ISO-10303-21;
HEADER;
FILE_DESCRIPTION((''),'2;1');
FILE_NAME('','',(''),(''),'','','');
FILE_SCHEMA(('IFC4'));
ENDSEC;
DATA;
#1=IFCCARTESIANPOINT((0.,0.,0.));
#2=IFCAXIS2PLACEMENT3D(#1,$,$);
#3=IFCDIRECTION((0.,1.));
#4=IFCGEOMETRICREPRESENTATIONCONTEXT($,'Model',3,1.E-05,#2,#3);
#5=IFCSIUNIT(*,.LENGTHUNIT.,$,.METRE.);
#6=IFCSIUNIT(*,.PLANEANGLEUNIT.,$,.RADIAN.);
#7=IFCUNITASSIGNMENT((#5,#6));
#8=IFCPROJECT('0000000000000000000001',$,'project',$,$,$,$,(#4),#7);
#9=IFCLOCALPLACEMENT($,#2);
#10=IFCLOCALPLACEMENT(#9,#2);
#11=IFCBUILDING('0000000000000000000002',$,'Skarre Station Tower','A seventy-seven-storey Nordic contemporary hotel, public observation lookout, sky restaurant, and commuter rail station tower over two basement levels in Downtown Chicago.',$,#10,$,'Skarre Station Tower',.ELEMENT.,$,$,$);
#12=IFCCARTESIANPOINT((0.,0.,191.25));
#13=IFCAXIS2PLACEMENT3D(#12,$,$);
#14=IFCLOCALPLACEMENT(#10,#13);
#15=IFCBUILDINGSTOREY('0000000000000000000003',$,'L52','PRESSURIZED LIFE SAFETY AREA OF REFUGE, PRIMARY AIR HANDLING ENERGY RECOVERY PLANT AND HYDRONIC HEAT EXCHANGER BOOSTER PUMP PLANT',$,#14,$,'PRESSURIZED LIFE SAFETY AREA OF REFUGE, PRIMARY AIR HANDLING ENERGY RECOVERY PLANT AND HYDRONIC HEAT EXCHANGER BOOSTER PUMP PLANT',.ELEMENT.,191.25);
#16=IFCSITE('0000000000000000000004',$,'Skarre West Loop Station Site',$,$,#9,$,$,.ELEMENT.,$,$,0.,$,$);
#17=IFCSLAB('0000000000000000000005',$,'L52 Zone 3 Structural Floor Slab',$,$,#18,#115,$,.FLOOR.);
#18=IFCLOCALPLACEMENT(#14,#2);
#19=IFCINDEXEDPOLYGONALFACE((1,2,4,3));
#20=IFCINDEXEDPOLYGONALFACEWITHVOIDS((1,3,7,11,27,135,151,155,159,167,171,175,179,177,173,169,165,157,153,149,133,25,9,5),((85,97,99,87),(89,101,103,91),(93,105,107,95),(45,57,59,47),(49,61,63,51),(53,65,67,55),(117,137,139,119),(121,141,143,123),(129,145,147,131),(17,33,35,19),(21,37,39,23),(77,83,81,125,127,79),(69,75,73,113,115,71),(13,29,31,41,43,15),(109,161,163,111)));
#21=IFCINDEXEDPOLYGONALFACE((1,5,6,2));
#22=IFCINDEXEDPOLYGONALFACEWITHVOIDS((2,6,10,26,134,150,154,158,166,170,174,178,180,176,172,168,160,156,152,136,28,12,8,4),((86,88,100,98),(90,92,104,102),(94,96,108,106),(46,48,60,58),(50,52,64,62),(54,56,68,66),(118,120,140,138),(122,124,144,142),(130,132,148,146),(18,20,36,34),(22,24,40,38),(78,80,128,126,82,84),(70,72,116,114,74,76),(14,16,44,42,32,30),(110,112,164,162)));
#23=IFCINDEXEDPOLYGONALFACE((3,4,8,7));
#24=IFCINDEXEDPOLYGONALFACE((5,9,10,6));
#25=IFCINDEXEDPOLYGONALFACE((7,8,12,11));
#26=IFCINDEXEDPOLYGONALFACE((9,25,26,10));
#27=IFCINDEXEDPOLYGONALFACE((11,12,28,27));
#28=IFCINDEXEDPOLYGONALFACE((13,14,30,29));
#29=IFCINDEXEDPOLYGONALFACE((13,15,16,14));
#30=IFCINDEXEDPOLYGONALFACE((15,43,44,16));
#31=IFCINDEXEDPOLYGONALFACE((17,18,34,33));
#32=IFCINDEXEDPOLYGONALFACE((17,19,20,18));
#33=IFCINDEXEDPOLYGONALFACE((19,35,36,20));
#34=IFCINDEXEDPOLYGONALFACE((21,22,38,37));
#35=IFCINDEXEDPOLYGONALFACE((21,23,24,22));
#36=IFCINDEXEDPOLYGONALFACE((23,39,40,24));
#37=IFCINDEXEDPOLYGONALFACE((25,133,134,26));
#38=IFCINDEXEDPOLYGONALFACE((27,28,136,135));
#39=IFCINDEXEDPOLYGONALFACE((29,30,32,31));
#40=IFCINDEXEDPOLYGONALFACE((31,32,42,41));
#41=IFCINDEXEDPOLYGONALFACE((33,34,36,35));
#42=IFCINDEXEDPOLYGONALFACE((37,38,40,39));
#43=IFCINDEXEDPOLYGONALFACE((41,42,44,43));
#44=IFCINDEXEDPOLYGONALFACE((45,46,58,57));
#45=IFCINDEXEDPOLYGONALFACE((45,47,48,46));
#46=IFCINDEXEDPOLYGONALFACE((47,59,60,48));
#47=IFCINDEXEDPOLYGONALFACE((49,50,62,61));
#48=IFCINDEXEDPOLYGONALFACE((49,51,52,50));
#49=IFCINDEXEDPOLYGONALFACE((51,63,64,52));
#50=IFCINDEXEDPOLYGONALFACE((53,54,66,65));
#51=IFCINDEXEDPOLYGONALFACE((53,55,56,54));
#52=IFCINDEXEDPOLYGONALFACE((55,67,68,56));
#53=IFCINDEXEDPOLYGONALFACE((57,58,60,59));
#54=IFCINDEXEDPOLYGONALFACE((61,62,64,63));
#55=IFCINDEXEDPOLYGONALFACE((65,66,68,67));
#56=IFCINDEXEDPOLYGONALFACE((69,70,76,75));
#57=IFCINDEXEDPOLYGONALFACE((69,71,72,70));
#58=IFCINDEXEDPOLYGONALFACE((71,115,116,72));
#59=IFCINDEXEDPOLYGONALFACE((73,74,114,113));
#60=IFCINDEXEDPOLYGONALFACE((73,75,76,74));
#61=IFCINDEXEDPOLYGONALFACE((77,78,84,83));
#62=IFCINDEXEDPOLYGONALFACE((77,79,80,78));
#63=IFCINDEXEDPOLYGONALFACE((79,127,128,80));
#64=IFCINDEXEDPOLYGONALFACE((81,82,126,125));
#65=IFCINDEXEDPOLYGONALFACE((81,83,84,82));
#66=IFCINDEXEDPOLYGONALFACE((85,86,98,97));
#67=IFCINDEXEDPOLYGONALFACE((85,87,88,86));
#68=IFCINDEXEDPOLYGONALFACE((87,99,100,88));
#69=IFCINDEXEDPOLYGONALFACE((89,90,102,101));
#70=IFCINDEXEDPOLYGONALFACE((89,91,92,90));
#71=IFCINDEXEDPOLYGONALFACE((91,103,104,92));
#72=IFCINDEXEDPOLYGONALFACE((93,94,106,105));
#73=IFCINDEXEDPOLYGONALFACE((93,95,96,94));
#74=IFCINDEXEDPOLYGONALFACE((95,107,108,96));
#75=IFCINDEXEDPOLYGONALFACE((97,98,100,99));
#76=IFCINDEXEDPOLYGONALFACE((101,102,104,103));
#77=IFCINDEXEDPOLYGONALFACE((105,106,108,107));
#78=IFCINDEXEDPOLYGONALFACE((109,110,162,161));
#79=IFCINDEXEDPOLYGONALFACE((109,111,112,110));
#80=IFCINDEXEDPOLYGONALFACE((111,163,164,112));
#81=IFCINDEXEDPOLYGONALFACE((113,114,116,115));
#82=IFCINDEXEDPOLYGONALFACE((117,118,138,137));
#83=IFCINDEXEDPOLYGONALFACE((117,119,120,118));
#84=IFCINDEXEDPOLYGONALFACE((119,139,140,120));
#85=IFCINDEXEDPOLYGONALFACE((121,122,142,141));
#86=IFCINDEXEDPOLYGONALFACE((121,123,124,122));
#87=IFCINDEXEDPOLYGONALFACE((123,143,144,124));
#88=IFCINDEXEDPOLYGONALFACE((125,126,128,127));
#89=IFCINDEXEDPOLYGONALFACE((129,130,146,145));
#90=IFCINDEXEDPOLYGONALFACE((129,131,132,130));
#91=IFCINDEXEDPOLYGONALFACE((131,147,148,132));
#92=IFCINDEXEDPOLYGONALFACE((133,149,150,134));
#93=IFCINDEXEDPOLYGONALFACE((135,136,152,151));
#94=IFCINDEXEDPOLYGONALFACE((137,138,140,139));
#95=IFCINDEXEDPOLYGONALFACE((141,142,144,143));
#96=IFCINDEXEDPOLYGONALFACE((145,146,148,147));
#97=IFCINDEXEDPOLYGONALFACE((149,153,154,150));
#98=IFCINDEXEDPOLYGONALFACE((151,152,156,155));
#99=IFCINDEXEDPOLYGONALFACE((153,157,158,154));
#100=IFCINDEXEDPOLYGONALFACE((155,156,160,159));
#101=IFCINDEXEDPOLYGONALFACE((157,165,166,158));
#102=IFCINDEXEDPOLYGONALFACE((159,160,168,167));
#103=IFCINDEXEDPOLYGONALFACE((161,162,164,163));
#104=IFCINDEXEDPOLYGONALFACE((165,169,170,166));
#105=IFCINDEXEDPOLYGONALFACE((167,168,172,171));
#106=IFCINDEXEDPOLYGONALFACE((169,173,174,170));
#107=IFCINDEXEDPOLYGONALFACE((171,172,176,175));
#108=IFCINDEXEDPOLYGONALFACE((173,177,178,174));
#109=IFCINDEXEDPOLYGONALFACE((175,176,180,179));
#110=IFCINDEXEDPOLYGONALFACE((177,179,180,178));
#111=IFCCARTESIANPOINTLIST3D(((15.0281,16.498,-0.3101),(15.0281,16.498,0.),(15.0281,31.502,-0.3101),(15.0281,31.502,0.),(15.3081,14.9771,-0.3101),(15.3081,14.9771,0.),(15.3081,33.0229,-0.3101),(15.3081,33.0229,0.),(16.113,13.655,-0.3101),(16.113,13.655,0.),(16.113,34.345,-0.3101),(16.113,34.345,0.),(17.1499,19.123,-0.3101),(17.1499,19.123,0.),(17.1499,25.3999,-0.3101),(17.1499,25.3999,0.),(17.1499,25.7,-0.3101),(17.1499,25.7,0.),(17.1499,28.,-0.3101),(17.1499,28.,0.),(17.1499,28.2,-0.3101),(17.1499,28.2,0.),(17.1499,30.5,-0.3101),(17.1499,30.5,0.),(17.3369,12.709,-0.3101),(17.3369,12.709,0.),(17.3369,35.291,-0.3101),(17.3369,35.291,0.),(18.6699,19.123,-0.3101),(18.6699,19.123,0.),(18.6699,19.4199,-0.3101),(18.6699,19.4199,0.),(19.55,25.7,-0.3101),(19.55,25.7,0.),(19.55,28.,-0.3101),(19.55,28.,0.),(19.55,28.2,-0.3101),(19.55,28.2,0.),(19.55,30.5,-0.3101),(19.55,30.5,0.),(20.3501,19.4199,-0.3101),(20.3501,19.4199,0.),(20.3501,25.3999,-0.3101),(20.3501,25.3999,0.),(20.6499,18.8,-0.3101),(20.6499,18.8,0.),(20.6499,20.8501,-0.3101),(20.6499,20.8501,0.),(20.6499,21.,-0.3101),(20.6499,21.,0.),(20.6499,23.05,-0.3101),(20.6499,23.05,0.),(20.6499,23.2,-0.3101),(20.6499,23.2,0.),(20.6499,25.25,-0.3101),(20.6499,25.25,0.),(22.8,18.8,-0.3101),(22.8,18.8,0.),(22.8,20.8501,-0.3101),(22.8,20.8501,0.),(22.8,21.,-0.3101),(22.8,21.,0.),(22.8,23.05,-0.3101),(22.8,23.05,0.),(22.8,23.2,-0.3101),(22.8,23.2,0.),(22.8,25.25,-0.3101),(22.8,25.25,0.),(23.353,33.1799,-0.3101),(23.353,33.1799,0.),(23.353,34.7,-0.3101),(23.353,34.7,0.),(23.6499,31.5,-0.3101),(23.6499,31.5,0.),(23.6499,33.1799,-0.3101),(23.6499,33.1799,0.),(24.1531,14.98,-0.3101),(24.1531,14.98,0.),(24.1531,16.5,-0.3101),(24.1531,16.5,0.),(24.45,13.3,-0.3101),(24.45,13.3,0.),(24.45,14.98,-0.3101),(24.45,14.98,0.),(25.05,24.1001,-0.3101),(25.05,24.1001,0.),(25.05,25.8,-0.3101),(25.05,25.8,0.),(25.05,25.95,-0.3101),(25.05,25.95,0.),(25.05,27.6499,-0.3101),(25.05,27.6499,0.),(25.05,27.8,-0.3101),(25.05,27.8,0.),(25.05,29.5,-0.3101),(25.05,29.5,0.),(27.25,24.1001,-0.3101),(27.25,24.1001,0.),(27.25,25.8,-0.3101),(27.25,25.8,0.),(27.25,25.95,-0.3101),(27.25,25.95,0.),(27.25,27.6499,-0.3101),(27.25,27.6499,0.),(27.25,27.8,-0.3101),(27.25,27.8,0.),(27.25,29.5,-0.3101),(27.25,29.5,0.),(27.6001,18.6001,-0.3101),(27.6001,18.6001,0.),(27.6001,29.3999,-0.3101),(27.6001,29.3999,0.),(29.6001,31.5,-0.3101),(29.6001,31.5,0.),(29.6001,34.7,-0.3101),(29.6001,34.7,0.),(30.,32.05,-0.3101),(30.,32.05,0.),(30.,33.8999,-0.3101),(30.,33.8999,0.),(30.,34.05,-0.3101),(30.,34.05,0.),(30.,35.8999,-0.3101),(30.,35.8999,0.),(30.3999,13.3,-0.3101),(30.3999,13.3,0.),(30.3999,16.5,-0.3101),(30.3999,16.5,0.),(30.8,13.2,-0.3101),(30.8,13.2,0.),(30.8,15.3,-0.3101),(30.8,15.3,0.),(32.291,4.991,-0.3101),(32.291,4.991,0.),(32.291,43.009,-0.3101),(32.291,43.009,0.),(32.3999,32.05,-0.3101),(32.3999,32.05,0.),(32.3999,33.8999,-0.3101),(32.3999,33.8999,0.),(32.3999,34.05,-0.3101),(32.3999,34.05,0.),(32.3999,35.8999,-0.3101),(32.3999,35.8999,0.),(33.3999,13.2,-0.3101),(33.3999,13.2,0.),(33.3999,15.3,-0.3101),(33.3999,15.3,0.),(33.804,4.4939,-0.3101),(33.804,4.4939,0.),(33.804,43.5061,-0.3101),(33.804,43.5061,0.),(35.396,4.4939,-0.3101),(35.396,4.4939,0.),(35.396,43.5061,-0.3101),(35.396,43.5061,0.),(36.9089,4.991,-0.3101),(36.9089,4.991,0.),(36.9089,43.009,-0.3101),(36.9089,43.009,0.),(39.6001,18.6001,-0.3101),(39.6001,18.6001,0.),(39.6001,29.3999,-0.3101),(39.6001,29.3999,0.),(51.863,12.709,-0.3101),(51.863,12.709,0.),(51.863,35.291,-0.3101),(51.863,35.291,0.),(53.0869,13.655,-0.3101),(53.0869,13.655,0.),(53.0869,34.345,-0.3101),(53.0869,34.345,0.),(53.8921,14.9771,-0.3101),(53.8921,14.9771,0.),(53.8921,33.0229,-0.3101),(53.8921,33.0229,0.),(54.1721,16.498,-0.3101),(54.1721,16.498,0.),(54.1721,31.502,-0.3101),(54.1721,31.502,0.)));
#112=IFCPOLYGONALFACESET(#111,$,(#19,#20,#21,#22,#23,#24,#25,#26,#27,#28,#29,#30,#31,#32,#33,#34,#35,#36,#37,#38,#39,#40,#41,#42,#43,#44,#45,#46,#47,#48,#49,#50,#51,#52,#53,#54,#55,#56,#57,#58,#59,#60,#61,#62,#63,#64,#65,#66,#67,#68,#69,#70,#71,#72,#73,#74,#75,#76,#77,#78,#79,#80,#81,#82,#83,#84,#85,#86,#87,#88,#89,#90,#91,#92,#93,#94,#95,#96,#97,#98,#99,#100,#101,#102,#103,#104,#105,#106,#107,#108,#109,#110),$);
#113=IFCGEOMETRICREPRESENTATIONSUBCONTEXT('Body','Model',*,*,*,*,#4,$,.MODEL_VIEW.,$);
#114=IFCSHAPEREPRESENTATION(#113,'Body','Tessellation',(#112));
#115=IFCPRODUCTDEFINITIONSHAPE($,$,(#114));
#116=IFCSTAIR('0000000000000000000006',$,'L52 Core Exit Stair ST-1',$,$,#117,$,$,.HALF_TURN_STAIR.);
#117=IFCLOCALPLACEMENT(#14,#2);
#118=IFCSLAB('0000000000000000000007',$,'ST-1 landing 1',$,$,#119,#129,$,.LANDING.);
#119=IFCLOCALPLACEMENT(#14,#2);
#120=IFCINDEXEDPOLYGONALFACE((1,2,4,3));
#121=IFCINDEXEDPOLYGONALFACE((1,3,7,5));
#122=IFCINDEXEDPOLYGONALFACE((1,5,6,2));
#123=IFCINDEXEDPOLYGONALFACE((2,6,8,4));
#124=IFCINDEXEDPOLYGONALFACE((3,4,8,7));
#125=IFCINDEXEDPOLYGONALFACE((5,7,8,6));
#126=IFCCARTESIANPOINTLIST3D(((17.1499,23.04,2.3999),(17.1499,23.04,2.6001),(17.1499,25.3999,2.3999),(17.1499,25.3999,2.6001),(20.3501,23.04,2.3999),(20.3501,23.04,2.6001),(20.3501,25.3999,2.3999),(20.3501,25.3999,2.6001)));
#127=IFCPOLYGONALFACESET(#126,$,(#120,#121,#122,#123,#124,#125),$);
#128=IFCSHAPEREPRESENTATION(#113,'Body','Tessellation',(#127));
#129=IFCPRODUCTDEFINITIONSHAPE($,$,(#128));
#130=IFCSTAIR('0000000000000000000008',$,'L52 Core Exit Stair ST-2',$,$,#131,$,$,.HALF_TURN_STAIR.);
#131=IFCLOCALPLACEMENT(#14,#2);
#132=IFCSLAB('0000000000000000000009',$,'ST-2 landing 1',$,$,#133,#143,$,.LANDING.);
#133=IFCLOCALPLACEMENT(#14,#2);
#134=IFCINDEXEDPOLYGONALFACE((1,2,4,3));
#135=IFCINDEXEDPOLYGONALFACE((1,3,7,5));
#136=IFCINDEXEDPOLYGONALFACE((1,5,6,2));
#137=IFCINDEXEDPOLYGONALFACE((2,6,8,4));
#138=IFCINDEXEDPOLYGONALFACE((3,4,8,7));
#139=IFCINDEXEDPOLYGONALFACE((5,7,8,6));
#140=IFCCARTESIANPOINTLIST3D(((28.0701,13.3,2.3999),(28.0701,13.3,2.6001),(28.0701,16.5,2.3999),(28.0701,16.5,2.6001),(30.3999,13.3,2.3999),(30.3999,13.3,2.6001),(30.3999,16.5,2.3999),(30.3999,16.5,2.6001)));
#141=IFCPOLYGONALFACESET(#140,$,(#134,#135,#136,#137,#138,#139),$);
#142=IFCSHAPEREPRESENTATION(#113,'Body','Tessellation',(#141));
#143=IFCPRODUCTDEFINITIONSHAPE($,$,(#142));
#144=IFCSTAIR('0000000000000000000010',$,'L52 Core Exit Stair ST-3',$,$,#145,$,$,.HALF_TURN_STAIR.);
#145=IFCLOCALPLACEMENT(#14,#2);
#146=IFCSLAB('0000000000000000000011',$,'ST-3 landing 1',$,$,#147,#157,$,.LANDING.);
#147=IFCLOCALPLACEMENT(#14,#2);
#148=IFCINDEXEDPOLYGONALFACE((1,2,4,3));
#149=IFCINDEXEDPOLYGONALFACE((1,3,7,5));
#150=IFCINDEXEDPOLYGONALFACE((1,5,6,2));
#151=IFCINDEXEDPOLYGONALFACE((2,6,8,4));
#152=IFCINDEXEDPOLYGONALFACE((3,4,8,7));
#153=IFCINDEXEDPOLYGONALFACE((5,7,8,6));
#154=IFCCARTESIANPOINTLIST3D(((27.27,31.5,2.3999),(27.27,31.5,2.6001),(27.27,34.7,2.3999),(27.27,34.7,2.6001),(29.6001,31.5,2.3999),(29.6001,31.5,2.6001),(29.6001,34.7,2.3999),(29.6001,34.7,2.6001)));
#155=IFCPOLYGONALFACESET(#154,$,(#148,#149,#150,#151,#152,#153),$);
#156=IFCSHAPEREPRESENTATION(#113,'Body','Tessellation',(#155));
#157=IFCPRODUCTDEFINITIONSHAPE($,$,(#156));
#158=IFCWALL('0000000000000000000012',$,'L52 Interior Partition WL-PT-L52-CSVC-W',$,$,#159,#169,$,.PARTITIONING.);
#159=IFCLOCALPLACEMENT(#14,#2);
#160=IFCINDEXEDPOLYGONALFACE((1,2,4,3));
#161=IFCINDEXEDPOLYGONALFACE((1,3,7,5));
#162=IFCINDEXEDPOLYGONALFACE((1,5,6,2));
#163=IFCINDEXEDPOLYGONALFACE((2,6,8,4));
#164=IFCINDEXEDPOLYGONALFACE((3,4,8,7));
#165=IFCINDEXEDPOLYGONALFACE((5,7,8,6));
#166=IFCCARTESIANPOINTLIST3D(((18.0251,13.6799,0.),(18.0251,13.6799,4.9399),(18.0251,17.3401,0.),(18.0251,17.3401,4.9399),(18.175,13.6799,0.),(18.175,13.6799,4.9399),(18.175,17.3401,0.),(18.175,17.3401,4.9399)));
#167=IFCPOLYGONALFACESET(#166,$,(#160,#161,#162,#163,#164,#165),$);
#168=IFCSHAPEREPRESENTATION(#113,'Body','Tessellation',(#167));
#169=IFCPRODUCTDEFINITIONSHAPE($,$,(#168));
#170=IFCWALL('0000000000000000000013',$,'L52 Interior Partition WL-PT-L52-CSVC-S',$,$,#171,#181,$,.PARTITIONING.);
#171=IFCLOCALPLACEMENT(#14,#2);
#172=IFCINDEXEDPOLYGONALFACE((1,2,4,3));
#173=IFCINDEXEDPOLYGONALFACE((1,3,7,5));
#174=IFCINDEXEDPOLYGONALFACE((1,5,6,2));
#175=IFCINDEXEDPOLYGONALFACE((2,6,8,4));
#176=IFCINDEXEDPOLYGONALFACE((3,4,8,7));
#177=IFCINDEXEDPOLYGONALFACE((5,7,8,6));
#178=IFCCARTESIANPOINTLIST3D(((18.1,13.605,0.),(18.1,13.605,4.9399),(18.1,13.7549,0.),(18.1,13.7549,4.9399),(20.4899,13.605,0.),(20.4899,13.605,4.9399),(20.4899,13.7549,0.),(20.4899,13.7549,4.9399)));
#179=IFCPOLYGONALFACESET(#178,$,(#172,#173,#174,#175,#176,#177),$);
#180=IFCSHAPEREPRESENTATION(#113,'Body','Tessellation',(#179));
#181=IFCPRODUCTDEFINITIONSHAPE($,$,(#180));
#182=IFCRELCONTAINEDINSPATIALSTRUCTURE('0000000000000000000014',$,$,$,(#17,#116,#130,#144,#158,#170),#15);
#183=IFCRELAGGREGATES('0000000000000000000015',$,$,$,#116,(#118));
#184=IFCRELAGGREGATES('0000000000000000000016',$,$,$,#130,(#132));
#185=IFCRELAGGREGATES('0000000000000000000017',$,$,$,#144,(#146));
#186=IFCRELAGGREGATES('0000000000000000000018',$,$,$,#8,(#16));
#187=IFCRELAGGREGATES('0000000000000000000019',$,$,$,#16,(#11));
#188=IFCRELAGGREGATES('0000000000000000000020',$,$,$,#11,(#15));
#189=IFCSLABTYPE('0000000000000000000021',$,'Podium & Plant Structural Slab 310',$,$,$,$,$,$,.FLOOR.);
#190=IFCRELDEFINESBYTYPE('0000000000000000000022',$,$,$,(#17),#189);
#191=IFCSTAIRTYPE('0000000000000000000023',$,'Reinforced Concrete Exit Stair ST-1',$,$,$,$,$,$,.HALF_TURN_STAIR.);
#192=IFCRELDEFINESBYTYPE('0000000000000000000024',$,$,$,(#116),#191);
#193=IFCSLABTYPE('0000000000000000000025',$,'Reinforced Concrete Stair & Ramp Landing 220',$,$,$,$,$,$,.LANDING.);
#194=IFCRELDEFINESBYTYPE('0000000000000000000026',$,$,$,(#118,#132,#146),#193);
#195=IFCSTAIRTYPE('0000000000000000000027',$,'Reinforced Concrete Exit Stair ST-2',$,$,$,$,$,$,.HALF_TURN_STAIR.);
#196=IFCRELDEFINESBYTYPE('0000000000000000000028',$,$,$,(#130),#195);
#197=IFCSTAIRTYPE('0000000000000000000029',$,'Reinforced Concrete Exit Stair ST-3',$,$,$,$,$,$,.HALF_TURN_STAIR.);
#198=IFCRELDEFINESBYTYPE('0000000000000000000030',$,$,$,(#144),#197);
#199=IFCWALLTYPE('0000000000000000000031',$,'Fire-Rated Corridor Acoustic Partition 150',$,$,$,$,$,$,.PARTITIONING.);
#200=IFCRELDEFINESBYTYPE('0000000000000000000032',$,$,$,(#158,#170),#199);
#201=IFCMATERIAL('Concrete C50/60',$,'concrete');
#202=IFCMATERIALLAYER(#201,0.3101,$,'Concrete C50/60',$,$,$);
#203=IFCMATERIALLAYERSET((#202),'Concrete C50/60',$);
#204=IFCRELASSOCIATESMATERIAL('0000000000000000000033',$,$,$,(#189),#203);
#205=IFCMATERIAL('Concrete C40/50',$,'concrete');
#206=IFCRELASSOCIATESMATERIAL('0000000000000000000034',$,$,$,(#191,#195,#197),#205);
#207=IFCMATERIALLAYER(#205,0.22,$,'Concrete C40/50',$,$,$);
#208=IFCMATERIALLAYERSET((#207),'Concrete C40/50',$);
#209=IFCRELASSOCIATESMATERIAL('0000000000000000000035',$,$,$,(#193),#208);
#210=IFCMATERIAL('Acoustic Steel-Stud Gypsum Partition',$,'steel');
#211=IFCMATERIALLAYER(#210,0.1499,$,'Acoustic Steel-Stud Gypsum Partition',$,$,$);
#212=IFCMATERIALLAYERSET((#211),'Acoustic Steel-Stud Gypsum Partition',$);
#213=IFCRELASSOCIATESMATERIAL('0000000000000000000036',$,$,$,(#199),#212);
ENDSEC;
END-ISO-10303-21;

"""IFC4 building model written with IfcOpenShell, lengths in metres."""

from ifc_helpers import new_model, si_unit, direction, frame, frame_2d, origin, place, context, subcontext, project, spatial, polyline, rectangle, outline, extrude, material, layer, layer_set, type_object, element, aggregate, save


model = new_model("IFC4")

# Units and contexts
model_context = context("Model", 3, precision=1e-05, world=origin(), true_north=direction((0.0, 1.0)))
body_context = subcontext(model_context, "Body", "Model", "MODEL_VIEW")
ifc_project = project(units=[si_unit("LENGTHUNIT", "METRE"), si_unit("PLANEANGLEUNIT", "RADIAN")], contexts=[model_context])

# Site, building, storey
site_placement = place(None, origin())
site = spatial("IfcSite", under=ifc_project, at=site_placement, Name="Skarre West Loop Station Site", CompositionType="ELEMENT", RefElevation=0.0)
building_placement = place(site_placement, origin())
building = spatial("IfcBuilding", under=site, at=building_placement, Name="Skarre Station Tower", Description="A seventy-seven-storey Nordic contemporary hotel, public observation lookout, sky restaurant, and commuter rail station tower over two basement levels in Downtown Chicago.", LongName="Skarre Station Tower", CompositionType="ELEMENT")
storey_placement = place(building_placement, frame((0.0, 0.0, 191.25)))
storey = spatial("IfcBuildingStorey", under=building, at=storey_placement, Name="L52", Description="PRESSURIZED LIFE SAFETY AREA OF REFUGE, PRIMARY AIR HANDLING ENERGY RECOVERY PLANT AND HYDRONIC HEAT EXCHANGER BOOSTER PUMP PLANT", LongName="PRESSURIZED LIFE SAFETY AREA OF REFUGE, PRIMARY AIR HANDLING ENERGY RECOVERY PLANT AND HYDRONIC HEAT EXCHANGER BOOSTER PUMP PLANT", CompositionType="ELEMENT", Elevation=191.25)

# Shared definitions
ifc_material_1 = material(Name="Concrete C50/60", Category="concrete")

# Slab
ifc_layer_1 = layer(ifc_material_1, 0.3101, Name="Concrete C50/60")
ifc_layer_set_1 = layer_set([ifc_layer_1], Name="Concrete C50/60")
slab_type_1 = type_object("IfcSlabType", Name="Podium & Plant Structural Slab 310", PredefinedType="FLOOR", material=ifc_layer_set_1)
slab_1_placement = place(storey_placement, frame((0.0, 0.0, -0.3101)))
element("IfcSlab", 1, at=slab_1_placement, inside=storey, type_object=slab_type_1, Name="L52 Zone 3 Structural Floor Slab", PredefinedType="FLOOR", context=body_context, shape_type="SweptSolid", body=[
    extrude(outline(polyline([(54.1721, 31.502), (53.8921, 33.0229), (53.0869, 34.345), (51.863, 35.291), (36.9089, 43.009), (35.396, 43.5061), (33.804, 43.5061), (32.291, 43.009), (17.3369, 35.291), (16.113, 34.345), (15.3081, 33.0229), (15.0281, 31.502), (15.0281, 16.498), (15.3081, 14.9771), (16.113, 13.655), (17.3369, 12.709), (32.291, 4.991), (33.804, 4.4939), (35.396, 4.4939), (36.9089, 4.991), (51.863, 12.709), (53.0869, 13.655), (53.8921, 14.9771), (54.1721, 16.498), (54.1721, 31.502)]), holes=[polyline([(18.6699, 19.4199), (18.6699, 19.123), (17.1499, 19.123), (17.1499, 25.3999), (20.3501, 25.3999), (20.3501, 19.4199), (18.6699, 19.4199)]), polyline([(24.45, 14.98), (24.1531, 14.98), (24.1531, 16.5), (30.3999, 16.5), (30.3999, 13.3), (24.45, 13.3), (24.45, 14.98)]), polyline([(23.6499, 33.1799), (23.353, 33.1799), (23.353, 34.7), (29.6001, 34.7), (29.6001, 31.5), (23.6499, 31.5), (23.6499, 33.1799)]), polyline([(17.1499, 28.0), (19.55, 28.0), (19.55, 25.7), (17.1499, 25.7), (17.1499, 28.0)]), polyline([(17.1499, 30.5), (19.55, 30.5), (19.55, 28.2), (17.1499, 28.2), (17.1499, 30.5)]), polyline([(30.8, 15.3), (33.3999, 15.3), (33.3999, 13.2), (30.8, 13.2), (30.8, 15.3)]), polyline([(25.05, 25.8), (27.25, 25.8), (27.25, 24.1001), (25.05, 24.1001), (25.05, 25.8)]), polyline([(25.05, 27.6499), (27.25, 27.6499), (27.25, 25.95), (25.05, 25.95), (25.05, 27.6499)]), polyline([(25.05, 29.5), (27.25, 29.5), (27.25, 27.8), (25.05, 27.8), (25.05, 29.5)]), polyline([(20.6499, 20.8501), (22.8, 20.8501), (22.8, 18.8), (20.6499, 18.8), (20.6499, 20.8501)]), polyline([(20.6499, 23.05), (22.8, 23.05), (22.8, 21.0), (20.6499, 21.0), (20.6499, 23.05)]), polyline([(20.6499, 25.25), (22.8, 25.25), (22.8, 23.2), (20.6499, 23.2), (20.6499, 25.25)]), polyline([(30.0, 33.8999), (32.3999, 33.8999), (32.3999, 32.05), (30.0, 32.05), (30.0, 33.8999)]), polyline([(30.0, 35.8999), (32.3999, 35.8999), (32.3999, 34.05), (30.0, 34.05), (30.0, 35.8999)]), polyline([(27.6001, 29.3999), (39.6001, 29.3999), (39.6001, 18.6001), (27.6001, 18.6001), (27.6001, 29.3999)])]), origin(), (0.0, 0.0, 1.0), 0.3101),
])

# Stairs, slabs
ifc_material_2 = material(Name="Concrete C40/50", Category="concrete")
stair_type_1 = type_object("IfcStairType", Name="Reinforced Concrete Exit Stair ST-1", PredefinedType="HALF_TURN_STAIR", material=ifc_material_2)
stair_1_placement = place(storey_placement, origin())
stair_1 = element("IfcStair", 2, at=stair_1_placement, inside=storey, type_object=stair_type_1, Name="L52 Core Exit Stair ST-1", PredefinedType="HALF_TURN_STAIR")
ifc_layer_2 = layer(ifc_material_2, 0.22, Name="Concrete C40/50")
ifc_layer_set_2 = layer_set([ifc_layer_2], Name="Concrete C40/50")
slab_type_2 = type_object("IfcSlabType", Name="Reinforced Concrete Stair & Ramp Landing 220", PredefinedType="LANDING", material=ifc_layer_set_2)
slab_2_placement = place(storey_placement, frame((0.0, 0.0, 2.3999)))
slab_2 = element("IfcSlab", 3, at=slab_2_placement, type_object=slab_type_2, Name="ST-1 landing 1", PredefinedType="LANDING", context=body_context, shape_type="SweptSolid", body=[
    extrude(outline(polyline([(20.3501, 23.04), (20.3501, 25.3999), (17.1499, 25.3999), (17.1499, 23.04), (20.3501, 23.04)])), origin(), (0.0, 0.0, 1.0), 0.2002),
])
aggregate(stair_1, [slab_2])
stair_type_2 = type_object("IfcStairType", Name="Reinforced Concrete Exit Stair ST-2", PredefinedType="HALF_TURN_STAIR", material=ifc_material_2)
stair_2_placement = place(storey_placement, origin())
stair_2 = element("IfcStair", 4, at=stair_2_placement, inside=storey, type_object=stair_type_2, Name="L52 Core Exit Stair ST-2", PredefinedType="HALF_TURN_STAIR")
slab_3_placement = place(storey_placement, frame((0.0, 0.0, 2.3999)))
slab_3 = element("IfcSlab", 5, at=slab_3_placement, type_object=slab_type_2, Name="ST-2 landing 1", PredefinedType="LANDING", context=body_context, shape_type="SweptSolid", body=[
    extrude(outline(polyline([(28.0701, 13.3), (30.3999, 13.3), (30.3999, 16.5), (28.0701, 16.5), (28.0701, 13.3)])), origin(), (0.0, 0.0, 1.0), 0.2002),
])
aggregate(stair_2, [slab_3])
stair_type_3 = type_object("IfcStairType", Name="Reinforced Concrete Exit Stair ST-3", PredefinedType="HALF_TURN_STAIR", material=ifc_material_2)
stair_3_placement = place(storey_placement, origin())
stair_3 = element("IfcStair", 6, at=stair_3_placement, inside=storey, type_object=stair_type_3, Name="L52 Core Exit Stair ST-3", PredefinedType="HALF_TURN_STAIR")
slab_4_placement = place(storey_placement, frame((0.0, 0.0, 2.3999)))
slab_4 = element("IfcSlab", 7, at=slab_4_placement, type_object=slab_type_2, Name="ST-3 landing 1", PredefinedType="LANDING", context=body_context, shape_type="SweptSolid", body=[
    extrude(outline(polyline([(27.27, 31.5), (29.6001, 31.5), (29.6001, 34.7), (27.27, 34.7), (27.27, 31.5)])), origin(), (0.0, 0.0, 1.0), 0.2002),
])
aggregate(stair_3, [slab_4])

# Walls
ifc_material_3 = material(Name="Acoustic Steel-Stud Gypsum Partition", Category="steel")
ifc_layer_3 = layer(ifc_material_3, 0.1499, Name="Acoustic Steel-Stud Gypsum Partition")
ifc_layer_set_3 = layer_set([ifc_layer_3], Name="Acoustic Steel-Stud Gypsum Partition")
wall_type_1 = type_object("IfcWallType", Name="Fire-Rated Corridor Acoustic Partition 150", PredefinedType="PARTITIONING", material=ifc_layer_set_3)
wall_1_placement = place(storey_placement, frame((18.1001, 17.3401, 0.0), z_axis=(0.0, 0.0, 1.0), x_axis=(0.0, -1.0, 0.0)))
element("IfcWall", 8, at=wall_1_placement, inside=storey, type_object=wall_type_1, Name="L52 Interior Partition WL-PT-L52-CSVC-W", PredefinedType="PARTITIONING", context=body_context, shape_type="SweptSolid", body=[
    extrude(rectangle(XDim=3.6602, YDim=0.1499, at=frame_2d((1.8301, 0.0))), origin(), (0.0, 0.0, 1.0), 4.9399),
])
wall_2_placement = place(storey_placement, frame((18.1001, 13.6799, 0.0), z_axis=(0.0, 0.0, 1.0), x_axis=(1.0, 0.0, 0.0)))
element("IfcWall", 9, at=wall_2_placement, inside=storey, type_object=wall_type_1, Name="L52 Interior Partition WL-PT-L52-CSVC-S", PredefinedType="PARTITIONING", context=body_context, shape_type="SweptSolid", body=[
    extrude(rectangle(XDim=2.3899, YDim=0.1499, at=frame_2d((1.1948, 0.0))), origin(), (0.0, 0.0, 1.0), 4.9399),
])

save(model, "model.ifc")
